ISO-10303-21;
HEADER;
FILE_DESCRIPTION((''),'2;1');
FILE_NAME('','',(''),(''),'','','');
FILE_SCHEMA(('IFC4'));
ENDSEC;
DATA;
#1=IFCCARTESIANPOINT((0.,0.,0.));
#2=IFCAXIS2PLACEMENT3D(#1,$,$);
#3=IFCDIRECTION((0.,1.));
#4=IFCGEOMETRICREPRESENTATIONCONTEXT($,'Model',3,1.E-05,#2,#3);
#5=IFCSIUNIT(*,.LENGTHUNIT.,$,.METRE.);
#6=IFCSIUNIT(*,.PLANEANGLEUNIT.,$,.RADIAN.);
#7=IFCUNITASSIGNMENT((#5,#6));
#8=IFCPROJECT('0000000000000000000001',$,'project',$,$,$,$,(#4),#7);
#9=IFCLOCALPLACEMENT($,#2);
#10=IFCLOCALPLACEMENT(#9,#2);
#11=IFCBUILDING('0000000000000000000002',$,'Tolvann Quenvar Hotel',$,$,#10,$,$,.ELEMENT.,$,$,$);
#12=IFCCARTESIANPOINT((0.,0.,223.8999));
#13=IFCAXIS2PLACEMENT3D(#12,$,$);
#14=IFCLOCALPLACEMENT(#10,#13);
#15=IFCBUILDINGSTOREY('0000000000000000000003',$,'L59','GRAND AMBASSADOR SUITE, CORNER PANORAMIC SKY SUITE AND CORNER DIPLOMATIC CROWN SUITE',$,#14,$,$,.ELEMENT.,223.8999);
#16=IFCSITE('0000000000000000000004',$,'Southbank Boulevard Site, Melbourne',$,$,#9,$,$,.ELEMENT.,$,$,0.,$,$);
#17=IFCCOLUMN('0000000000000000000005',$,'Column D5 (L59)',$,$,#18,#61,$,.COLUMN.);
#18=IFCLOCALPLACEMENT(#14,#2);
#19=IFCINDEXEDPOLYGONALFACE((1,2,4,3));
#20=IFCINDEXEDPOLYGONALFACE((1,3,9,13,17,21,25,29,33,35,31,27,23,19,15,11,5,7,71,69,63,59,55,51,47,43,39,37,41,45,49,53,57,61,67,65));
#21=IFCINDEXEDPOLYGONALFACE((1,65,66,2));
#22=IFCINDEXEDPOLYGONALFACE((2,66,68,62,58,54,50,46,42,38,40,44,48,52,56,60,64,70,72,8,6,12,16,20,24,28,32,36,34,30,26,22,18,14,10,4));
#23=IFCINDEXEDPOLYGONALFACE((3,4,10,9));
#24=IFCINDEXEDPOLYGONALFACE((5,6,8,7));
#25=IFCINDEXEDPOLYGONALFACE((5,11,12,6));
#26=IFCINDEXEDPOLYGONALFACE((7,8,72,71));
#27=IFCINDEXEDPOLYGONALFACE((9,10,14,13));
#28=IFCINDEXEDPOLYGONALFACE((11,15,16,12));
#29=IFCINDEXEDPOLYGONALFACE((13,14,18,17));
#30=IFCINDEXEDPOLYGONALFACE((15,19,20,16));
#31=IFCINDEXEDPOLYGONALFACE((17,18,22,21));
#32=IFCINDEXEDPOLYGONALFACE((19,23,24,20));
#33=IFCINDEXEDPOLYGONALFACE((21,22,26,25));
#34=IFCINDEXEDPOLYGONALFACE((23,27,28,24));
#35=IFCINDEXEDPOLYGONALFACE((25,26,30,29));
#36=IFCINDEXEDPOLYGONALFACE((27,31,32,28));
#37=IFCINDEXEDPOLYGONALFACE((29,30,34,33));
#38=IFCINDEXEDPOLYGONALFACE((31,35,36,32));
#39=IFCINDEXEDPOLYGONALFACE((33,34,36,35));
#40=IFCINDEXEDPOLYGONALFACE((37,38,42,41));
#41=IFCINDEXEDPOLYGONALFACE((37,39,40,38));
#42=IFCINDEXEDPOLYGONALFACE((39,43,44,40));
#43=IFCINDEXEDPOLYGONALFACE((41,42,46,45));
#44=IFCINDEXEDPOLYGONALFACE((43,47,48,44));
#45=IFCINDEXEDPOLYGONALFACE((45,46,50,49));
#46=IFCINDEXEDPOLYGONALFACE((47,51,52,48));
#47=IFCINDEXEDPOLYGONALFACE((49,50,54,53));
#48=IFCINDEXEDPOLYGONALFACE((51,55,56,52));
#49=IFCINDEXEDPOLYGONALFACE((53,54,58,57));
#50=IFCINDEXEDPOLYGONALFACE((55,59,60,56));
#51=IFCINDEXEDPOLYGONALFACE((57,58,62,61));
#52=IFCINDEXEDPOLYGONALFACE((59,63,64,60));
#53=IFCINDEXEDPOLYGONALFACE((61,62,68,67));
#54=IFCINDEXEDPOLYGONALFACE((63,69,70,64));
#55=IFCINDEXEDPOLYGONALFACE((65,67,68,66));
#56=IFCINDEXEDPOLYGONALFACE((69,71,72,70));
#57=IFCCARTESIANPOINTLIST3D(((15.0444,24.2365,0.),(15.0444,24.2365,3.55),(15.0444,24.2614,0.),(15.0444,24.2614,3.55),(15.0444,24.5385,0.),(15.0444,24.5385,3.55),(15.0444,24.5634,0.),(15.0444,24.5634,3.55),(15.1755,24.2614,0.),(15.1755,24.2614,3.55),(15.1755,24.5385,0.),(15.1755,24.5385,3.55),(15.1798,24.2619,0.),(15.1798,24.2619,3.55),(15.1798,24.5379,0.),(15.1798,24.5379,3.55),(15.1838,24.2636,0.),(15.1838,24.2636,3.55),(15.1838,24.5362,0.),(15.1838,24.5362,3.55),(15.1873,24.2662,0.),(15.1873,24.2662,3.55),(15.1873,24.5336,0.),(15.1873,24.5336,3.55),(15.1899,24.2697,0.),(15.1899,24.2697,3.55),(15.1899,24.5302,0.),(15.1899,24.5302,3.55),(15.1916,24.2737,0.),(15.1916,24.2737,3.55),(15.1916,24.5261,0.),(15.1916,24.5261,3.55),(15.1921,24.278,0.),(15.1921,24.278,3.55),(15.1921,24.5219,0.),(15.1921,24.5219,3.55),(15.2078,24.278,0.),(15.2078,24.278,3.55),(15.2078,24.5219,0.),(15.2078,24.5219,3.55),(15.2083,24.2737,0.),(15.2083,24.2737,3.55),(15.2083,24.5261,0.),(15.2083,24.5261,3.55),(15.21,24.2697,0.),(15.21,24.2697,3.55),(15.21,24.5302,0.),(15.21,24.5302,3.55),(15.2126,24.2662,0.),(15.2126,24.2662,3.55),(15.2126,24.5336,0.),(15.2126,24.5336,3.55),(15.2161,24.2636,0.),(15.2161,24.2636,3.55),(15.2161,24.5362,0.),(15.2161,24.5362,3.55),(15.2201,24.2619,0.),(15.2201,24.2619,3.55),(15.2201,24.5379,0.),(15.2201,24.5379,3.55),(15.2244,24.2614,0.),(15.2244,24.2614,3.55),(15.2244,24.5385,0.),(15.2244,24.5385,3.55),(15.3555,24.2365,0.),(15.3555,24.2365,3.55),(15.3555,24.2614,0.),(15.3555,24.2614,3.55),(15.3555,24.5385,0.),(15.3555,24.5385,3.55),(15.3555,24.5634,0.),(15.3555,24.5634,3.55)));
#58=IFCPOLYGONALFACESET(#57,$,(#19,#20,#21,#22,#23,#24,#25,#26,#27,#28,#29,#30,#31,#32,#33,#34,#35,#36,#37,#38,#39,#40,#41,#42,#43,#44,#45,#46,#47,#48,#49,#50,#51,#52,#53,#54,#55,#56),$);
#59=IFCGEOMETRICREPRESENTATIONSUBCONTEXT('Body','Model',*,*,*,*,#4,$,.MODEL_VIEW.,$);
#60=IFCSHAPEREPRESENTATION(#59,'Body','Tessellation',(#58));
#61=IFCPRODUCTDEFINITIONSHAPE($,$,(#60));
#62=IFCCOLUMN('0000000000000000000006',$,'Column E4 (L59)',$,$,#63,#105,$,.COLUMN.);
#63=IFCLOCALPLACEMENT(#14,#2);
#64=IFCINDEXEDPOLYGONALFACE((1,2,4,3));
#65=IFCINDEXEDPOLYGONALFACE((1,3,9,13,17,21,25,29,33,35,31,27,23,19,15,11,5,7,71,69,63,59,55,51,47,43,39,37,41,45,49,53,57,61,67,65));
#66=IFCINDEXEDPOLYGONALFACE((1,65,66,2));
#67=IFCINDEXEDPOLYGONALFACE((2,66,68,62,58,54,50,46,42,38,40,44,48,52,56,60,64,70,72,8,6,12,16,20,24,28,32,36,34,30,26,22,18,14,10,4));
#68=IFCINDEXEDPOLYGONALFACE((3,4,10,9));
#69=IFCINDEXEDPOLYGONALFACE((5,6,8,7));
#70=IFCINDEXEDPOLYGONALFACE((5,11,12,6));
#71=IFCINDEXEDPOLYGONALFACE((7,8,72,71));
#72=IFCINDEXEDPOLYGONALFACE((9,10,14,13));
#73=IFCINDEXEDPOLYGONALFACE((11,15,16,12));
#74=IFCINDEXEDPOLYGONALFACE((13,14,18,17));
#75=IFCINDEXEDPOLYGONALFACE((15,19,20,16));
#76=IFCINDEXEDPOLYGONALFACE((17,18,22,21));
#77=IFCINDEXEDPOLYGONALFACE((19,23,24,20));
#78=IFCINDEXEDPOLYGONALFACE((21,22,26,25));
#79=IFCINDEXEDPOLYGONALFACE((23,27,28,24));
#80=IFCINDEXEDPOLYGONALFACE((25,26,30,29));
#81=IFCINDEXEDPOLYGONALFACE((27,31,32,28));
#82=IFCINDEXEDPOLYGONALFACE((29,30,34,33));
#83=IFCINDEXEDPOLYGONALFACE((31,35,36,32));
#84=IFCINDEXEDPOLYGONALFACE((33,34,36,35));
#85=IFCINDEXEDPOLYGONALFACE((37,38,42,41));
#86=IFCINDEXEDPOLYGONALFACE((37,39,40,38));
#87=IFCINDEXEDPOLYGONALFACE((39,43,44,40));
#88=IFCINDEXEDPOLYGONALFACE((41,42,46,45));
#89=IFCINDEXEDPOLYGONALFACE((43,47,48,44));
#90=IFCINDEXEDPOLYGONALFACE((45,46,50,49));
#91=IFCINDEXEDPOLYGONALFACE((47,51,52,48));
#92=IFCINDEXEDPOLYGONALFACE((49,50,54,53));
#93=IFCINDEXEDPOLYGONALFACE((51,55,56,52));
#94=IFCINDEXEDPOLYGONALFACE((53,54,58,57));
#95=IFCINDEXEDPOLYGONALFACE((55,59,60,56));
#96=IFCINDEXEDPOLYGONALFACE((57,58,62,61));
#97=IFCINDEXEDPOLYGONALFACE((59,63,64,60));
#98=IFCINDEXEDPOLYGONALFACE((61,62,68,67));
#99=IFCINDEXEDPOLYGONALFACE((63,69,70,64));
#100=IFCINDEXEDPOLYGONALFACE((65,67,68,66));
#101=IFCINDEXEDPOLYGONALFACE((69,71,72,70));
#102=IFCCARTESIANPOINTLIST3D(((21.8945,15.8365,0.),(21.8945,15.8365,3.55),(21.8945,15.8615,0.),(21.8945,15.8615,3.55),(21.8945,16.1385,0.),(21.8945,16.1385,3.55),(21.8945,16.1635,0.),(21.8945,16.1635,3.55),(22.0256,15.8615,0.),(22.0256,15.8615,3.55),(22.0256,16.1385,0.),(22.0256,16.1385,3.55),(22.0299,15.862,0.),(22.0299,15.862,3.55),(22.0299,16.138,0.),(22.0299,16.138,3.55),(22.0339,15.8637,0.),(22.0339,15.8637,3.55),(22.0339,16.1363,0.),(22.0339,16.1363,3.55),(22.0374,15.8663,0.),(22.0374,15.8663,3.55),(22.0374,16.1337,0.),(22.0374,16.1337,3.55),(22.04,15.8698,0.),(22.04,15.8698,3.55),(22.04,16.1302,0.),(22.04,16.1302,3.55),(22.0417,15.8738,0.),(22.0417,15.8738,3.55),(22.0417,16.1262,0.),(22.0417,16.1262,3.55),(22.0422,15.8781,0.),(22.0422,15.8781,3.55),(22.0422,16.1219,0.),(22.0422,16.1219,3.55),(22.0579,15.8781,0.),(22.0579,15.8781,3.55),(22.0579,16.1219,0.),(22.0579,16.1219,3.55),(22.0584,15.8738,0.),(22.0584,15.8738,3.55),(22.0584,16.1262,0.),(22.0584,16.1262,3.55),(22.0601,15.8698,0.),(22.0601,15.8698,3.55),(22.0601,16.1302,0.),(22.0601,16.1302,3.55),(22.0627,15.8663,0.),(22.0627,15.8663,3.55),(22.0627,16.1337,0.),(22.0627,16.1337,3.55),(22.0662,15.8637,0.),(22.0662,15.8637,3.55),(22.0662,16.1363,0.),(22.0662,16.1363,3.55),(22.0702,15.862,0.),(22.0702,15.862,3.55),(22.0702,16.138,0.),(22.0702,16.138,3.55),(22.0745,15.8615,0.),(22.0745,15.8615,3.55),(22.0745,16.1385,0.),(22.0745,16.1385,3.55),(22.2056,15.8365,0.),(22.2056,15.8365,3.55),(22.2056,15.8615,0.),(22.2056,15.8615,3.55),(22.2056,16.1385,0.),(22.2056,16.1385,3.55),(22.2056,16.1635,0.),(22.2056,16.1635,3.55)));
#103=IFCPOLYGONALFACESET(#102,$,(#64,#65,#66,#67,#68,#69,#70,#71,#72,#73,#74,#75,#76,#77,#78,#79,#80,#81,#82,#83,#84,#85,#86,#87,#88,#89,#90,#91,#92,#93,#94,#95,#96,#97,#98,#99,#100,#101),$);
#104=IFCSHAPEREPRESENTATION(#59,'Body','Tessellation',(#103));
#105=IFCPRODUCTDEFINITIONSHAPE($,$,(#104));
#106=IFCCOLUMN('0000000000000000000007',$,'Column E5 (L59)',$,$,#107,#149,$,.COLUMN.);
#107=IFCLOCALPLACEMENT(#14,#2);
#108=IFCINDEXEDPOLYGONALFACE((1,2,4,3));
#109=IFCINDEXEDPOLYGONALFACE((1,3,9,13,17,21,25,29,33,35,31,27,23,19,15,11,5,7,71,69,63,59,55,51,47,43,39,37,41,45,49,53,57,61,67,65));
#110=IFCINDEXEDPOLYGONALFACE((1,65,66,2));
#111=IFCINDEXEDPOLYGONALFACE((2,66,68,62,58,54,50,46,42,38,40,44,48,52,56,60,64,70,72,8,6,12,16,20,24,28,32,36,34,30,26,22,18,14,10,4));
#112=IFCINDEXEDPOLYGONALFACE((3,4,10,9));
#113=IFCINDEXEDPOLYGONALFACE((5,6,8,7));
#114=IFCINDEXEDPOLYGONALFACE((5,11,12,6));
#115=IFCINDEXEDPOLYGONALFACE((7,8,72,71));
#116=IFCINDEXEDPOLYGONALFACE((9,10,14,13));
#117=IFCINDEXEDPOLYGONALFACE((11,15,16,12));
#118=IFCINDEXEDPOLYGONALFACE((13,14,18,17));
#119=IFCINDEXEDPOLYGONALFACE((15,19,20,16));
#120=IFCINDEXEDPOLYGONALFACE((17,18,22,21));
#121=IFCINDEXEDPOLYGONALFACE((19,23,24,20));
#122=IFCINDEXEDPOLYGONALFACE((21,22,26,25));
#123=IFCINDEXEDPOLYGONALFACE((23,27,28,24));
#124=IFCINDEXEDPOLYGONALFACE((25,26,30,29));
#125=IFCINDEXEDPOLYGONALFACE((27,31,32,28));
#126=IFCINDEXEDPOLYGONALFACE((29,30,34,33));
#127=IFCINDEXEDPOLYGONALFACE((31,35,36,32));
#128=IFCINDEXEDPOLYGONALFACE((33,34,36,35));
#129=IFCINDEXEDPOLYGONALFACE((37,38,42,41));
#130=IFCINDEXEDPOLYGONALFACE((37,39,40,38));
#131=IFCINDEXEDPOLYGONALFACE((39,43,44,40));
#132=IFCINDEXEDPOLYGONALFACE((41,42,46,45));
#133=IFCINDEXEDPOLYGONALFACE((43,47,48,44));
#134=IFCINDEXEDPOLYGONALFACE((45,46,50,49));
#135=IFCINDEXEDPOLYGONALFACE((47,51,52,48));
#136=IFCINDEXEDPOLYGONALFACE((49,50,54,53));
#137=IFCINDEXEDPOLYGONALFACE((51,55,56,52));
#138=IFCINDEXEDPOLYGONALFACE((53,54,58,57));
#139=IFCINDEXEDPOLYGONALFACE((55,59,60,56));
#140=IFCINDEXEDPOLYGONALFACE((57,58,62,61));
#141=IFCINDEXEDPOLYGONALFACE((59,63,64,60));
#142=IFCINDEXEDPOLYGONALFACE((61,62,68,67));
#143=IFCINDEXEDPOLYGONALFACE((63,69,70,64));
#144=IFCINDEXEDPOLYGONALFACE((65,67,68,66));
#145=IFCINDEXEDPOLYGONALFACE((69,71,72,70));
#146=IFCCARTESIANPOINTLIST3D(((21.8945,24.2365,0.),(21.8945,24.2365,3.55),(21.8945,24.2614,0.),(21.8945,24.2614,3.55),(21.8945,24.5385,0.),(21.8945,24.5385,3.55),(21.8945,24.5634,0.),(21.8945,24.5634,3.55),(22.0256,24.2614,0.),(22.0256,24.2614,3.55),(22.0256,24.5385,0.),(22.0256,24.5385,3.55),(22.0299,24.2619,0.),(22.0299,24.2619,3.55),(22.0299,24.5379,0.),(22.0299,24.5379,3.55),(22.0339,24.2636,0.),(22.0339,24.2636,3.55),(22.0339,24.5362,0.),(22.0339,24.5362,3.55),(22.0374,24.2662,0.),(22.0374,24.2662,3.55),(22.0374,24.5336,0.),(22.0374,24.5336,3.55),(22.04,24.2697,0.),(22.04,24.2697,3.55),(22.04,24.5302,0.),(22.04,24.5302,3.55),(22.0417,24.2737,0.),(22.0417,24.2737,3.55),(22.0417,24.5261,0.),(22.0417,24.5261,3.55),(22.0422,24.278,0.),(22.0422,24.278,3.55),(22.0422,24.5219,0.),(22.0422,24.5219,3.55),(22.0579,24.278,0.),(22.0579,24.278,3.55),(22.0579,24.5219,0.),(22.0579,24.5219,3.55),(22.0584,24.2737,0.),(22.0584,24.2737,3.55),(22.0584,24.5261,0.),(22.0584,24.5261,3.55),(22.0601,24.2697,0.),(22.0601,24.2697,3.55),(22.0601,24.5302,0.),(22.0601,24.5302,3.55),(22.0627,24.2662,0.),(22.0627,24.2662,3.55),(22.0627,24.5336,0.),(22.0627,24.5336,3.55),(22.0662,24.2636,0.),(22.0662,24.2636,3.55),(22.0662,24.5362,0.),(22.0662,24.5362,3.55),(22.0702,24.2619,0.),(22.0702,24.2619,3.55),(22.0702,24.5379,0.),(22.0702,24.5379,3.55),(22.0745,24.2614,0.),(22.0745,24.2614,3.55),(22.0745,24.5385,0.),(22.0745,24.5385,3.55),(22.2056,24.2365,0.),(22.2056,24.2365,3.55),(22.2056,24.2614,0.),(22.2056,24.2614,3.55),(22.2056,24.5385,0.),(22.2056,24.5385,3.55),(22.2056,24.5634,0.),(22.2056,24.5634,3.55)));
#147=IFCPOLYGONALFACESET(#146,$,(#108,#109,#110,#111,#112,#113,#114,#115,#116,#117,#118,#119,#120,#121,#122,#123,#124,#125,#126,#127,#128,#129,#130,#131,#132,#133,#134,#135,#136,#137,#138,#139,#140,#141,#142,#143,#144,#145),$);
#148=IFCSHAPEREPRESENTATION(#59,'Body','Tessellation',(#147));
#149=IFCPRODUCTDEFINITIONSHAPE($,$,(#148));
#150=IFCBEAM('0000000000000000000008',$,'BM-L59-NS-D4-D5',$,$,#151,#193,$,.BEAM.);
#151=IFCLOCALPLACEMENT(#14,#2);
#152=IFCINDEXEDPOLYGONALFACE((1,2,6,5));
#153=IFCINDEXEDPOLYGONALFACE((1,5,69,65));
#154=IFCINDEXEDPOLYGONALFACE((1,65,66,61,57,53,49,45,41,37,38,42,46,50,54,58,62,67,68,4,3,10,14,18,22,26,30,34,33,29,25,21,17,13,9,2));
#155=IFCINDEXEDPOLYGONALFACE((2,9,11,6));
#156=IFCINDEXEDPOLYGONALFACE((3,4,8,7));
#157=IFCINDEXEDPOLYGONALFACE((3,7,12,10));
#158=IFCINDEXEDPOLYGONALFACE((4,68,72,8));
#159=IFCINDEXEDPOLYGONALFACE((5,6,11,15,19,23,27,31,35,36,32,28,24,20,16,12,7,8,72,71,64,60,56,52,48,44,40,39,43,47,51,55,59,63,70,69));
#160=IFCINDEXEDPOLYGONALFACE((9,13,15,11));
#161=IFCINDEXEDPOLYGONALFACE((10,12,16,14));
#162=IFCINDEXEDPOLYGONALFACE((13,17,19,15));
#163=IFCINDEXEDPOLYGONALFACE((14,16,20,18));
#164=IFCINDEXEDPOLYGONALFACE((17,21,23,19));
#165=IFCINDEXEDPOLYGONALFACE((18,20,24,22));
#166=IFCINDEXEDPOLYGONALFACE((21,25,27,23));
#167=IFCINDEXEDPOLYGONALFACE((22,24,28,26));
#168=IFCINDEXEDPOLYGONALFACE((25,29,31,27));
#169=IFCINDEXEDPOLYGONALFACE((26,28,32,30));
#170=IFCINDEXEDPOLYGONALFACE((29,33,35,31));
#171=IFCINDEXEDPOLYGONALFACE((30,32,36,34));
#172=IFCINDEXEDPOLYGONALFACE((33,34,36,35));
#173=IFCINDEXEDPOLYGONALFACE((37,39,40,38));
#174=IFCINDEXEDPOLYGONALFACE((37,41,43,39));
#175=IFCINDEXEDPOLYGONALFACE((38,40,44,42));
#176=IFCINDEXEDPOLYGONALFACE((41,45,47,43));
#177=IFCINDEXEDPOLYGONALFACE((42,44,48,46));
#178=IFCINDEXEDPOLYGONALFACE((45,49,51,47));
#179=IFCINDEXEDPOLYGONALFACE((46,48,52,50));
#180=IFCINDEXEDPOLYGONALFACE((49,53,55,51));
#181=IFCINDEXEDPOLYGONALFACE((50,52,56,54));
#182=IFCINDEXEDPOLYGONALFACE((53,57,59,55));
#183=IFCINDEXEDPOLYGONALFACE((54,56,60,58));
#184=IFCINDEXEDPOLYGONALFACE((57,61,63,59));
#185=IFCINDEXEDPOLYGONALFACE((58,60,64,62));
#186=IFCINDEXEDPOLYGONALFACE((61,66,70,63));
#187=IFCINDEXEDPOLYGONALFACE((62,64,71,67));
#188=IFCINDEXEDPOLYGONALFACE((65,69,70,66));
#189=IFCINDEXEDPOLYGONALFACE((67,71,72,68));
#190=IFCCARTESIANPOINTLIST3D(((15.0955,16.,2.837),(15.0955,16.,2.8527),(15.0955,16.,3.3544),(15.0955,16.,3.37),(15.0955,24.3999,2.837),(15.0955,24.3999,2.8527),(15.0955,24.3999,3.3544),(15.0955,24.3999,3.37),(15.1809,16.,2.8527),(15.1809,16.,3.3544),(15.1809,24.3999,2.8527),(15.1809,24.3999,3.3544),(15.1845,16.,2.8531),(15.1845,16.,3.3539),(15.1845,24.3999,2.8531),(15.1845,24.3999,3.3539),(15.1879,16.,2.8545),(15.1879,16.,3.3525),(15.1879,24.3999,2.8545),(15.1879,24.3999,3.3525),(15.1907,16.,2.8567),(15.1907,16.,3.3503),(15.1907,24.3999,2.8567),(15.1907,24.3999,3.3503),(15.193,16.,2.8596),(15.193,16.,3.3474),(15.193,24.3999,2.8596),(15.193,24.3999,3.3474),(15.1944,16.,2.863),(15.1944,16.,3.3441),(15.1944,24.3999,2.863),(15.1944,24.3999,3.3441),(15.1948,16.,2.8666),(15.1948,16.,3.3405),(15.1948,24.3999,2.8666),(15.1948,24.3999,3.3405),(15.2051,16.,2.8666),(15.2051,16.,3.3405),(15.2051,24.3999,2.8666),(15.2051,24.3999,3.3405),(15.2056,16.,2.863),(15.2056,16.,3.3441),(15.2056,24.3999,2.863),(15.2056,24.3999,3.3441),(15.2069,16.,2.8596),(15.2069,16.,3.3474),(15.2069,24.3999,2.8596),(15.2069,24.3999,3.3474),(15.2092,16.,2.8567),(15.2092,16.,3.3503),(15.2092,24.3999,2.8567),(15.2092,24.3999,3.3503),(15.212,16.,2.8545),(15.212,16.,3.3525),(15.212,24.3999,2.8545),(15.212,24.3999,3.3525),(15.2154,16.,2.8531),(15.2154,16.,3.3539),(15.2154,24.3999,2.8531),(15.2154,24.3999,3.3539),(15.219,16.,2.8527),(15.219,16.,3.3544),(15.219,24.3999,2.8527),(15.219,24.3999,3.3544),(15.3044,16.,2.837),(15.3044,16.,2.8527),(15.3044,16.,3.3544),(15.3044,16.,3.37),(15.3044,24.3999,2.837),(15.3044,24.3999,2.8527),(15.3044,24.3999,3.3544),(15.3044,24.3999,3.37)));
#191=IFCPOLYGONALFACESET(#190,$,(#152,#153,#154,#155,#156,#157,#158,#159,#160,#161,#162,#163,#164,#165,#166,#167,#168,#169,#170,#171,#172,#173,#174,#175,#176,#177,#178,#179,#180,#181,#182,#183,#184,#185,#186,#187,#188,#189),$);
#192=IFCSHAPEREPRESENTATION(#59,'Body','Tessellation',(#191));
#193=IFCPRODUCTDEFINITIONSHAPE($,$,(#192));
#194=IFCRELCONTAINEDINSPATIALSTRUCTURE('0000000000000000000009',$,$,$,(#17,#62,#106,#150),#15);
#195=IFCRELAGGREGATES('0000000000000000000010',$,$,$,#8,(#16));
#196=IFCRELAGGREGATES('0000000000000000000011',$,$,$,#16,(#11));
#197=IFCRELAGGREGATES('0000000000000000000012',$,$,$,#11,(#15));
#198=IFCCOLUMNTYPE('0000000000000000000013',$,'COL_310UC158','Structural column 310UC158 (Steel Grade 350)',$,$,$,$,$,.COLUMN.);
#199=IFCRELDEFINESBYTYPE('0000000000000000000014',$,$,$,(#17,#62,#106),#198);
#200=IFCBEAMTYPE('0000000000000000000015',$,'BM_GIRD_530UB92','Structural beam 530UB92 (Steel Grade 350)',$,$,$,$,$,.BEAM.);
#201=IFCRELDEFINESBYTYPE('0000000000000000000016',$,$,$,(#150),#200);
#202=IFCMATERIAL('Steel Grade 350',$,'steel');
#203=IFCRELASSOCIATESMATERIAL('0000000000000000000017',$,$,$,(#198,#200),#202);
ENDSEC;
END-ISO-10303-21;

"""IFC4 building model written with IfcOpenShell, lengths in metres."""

from ifc_helpers import new_model, si_unit, direction, frame, origin, origin_2d, place, context, subcontext, project, spatial, i_section, extrude, source, transform, mapped, material, material_profile, profile_set, type_object, type_shapes, element, save


model = new_model("IFC4")

# Units and contexts
model_context = context("Model", 3, precision=1e-05, world=origin(), true_north=direction((0.0, 1.0)))
body_context = subcontext(model_context, "Body", "Model", "MODEL_VIEW")
ifc_project = project(units=[si_unit("LENGTHUNIT", "METRE"), si_unit("PLANEANGLEUNIT", "RADIAN")], contexts=[model_context])

# Site, building, storey
site_placement = place(None, origin())
site = spatial("IfcSite", under=ifc_project, at=site_placement, Name="Southbank Boulevard Site, Melbourne", CompositionType="ELEMENT", RefElevation=0.0)
building_placement = place(site_placement, origin())
building = spatial("IfcBuilding", under=site, at=building_placement, Name="Tolvann Quenvar Hotel", CompositionType="ELEMENT")
storey_placement = place(building_placement, frame((0.0, 0.0, 223.8999)))
storey = spatial("IfcBuildingStorey", under=building, at=storey_placement, Name="L59", Description="GRAND AMBASSADOR SUITE, CORNER PANORAMIC SKY SUITE AND CORNER DIPLOMATIC CROWN SUITE", CompositionType="ELEMENT", Elevation=223.8999)

# Columns
ifc_material_1 = material(Name="Steel Grade 350", Category="steel")
ifc_material_profile_1 = material_profile(ifc_material_1, i_section(OverallWidth=0.311, OverallDepth=0.3269, WebThickness=0.0156, FlangeThickness=0.0249, FilletRadius=0.0166, at=origin_2d()), Name="310UC158")
ifc_profile_set_1 = profile_set([ifc_material_profile_1], Name="Steel Grade 350")
column_type = type_object("IfcColumnType", Name="COL_310UC158", Description="Structural column 310UC158 (Steel Grade 350)", PredefinedType="COLUMN", material=ifc_profile_set_1)
shared_shape_1 = source(origin(), body_context, "Body", "SweptSolid", [
    extrude(i_section(OverallWidth=0.311, OverallDepth=0.3269, WebThickness=0.0156, FlangeThickness=0.0249, FilletRadius=0.0166, at=origin_2d()), origin(), (0.0, 0.0, 1.0), 3.55),
])
type_shapes(column_type, [shared_shape_1])
for number, where, z_axis, x_axis, name in (
    (1, (15.2, 24.3999, 0.0), (0.0, 0.0, 1.0), (1.0, 0.0, 0.0), "Column D5 (L59)"),
    (2, (22.05, 16.0, 0.0), (0.0, 0.0, 1.0), (1.0, 0.0, 0.0), "Column E4 (L59)"),
    (3, (22.05, 24.3999, 0.0), (0.0, 0.0, 1.0), (1.0, 0.0, 0.0), "Column E5 (L59)"),
):
    element("IfcColumn", number, at=place(storey_placement, frame(where, z_axis=z_axis, x_axis=x_axis)), inside=storey, type_object=column_type, Name=name, PredefinedType="COLUMN", context=body_context, shape_type="MappedRepresentation", body=[
        mapped(shared_shape_1, transform((0.0, 0.0, 0.0), x_axis=(1.0, 0.0, 0.0), y_axis=(0.0, 1.0, 0.0), z_axis=(0.0, 0.0, 1.0), scale=1.0)),
    ])

# Beam
ifc_material_profile_2 = material_profile(ifc_material_1, i_section(OverallWidth=0.209, OverallDepth=0.533, WebThickness=0.0103, FlangeThickness=0.0156, FilletRadius=0.0139, at=origin_2d()), Name="530UB92")
ifc_profile_set_2 = profile_set([ifc_material_profile_2], Name="Steel Grade 350")
beam_type_1 = type_object("IfcBeamType", Name="BM_GIRD_530UB92", Description="Structural beam 530UB92 (Steel Grade 350)", PredefinedType="BEAM", material=ifc_profile_set_2)
shared_shape_2 = source(origin(), body_context, "Body", "SweptSolid", [
    extrude(i_section(OverallWidth=0.209, OverallDepth=0.533, WebThickness=0.0103, FlangeThickness=0.0156, FilletRadius=0.0139, at=origin_2d()), origin(), (0.0, 0.0, 1.0), 8.3999),
])
type_shapes(beam_type_1, [shared_shape_2])
for number, where, z_axis, x_axis, name in (
    (4, (15.2, 16.0, 3.1035), (0.0, 1.0, 0.0), (-1.0, 0.0, 0.0), "BM-L59-NS-D4-D5"),
):
    element("IfcBeam", number, at=place(storey_placement, frame(where, z_axis=z_axis, x_axis=x_axis)), inside=storey, type_object=beam_type_1, Name=name, PredefinedType="BEAM", context=body_context, shape_type="MappedRepresentation", body=[
        mapped(shared_shape_2, transform((0.0, 0.0, 0.0), x_axis=(1.0, 0.0, 0.0), y_axis=(0.0, 1.0, 0.0), z_axis=(0.0, 0.0, 1.0), scale=1.0)),
    ])

save(model, "model.ifc")
